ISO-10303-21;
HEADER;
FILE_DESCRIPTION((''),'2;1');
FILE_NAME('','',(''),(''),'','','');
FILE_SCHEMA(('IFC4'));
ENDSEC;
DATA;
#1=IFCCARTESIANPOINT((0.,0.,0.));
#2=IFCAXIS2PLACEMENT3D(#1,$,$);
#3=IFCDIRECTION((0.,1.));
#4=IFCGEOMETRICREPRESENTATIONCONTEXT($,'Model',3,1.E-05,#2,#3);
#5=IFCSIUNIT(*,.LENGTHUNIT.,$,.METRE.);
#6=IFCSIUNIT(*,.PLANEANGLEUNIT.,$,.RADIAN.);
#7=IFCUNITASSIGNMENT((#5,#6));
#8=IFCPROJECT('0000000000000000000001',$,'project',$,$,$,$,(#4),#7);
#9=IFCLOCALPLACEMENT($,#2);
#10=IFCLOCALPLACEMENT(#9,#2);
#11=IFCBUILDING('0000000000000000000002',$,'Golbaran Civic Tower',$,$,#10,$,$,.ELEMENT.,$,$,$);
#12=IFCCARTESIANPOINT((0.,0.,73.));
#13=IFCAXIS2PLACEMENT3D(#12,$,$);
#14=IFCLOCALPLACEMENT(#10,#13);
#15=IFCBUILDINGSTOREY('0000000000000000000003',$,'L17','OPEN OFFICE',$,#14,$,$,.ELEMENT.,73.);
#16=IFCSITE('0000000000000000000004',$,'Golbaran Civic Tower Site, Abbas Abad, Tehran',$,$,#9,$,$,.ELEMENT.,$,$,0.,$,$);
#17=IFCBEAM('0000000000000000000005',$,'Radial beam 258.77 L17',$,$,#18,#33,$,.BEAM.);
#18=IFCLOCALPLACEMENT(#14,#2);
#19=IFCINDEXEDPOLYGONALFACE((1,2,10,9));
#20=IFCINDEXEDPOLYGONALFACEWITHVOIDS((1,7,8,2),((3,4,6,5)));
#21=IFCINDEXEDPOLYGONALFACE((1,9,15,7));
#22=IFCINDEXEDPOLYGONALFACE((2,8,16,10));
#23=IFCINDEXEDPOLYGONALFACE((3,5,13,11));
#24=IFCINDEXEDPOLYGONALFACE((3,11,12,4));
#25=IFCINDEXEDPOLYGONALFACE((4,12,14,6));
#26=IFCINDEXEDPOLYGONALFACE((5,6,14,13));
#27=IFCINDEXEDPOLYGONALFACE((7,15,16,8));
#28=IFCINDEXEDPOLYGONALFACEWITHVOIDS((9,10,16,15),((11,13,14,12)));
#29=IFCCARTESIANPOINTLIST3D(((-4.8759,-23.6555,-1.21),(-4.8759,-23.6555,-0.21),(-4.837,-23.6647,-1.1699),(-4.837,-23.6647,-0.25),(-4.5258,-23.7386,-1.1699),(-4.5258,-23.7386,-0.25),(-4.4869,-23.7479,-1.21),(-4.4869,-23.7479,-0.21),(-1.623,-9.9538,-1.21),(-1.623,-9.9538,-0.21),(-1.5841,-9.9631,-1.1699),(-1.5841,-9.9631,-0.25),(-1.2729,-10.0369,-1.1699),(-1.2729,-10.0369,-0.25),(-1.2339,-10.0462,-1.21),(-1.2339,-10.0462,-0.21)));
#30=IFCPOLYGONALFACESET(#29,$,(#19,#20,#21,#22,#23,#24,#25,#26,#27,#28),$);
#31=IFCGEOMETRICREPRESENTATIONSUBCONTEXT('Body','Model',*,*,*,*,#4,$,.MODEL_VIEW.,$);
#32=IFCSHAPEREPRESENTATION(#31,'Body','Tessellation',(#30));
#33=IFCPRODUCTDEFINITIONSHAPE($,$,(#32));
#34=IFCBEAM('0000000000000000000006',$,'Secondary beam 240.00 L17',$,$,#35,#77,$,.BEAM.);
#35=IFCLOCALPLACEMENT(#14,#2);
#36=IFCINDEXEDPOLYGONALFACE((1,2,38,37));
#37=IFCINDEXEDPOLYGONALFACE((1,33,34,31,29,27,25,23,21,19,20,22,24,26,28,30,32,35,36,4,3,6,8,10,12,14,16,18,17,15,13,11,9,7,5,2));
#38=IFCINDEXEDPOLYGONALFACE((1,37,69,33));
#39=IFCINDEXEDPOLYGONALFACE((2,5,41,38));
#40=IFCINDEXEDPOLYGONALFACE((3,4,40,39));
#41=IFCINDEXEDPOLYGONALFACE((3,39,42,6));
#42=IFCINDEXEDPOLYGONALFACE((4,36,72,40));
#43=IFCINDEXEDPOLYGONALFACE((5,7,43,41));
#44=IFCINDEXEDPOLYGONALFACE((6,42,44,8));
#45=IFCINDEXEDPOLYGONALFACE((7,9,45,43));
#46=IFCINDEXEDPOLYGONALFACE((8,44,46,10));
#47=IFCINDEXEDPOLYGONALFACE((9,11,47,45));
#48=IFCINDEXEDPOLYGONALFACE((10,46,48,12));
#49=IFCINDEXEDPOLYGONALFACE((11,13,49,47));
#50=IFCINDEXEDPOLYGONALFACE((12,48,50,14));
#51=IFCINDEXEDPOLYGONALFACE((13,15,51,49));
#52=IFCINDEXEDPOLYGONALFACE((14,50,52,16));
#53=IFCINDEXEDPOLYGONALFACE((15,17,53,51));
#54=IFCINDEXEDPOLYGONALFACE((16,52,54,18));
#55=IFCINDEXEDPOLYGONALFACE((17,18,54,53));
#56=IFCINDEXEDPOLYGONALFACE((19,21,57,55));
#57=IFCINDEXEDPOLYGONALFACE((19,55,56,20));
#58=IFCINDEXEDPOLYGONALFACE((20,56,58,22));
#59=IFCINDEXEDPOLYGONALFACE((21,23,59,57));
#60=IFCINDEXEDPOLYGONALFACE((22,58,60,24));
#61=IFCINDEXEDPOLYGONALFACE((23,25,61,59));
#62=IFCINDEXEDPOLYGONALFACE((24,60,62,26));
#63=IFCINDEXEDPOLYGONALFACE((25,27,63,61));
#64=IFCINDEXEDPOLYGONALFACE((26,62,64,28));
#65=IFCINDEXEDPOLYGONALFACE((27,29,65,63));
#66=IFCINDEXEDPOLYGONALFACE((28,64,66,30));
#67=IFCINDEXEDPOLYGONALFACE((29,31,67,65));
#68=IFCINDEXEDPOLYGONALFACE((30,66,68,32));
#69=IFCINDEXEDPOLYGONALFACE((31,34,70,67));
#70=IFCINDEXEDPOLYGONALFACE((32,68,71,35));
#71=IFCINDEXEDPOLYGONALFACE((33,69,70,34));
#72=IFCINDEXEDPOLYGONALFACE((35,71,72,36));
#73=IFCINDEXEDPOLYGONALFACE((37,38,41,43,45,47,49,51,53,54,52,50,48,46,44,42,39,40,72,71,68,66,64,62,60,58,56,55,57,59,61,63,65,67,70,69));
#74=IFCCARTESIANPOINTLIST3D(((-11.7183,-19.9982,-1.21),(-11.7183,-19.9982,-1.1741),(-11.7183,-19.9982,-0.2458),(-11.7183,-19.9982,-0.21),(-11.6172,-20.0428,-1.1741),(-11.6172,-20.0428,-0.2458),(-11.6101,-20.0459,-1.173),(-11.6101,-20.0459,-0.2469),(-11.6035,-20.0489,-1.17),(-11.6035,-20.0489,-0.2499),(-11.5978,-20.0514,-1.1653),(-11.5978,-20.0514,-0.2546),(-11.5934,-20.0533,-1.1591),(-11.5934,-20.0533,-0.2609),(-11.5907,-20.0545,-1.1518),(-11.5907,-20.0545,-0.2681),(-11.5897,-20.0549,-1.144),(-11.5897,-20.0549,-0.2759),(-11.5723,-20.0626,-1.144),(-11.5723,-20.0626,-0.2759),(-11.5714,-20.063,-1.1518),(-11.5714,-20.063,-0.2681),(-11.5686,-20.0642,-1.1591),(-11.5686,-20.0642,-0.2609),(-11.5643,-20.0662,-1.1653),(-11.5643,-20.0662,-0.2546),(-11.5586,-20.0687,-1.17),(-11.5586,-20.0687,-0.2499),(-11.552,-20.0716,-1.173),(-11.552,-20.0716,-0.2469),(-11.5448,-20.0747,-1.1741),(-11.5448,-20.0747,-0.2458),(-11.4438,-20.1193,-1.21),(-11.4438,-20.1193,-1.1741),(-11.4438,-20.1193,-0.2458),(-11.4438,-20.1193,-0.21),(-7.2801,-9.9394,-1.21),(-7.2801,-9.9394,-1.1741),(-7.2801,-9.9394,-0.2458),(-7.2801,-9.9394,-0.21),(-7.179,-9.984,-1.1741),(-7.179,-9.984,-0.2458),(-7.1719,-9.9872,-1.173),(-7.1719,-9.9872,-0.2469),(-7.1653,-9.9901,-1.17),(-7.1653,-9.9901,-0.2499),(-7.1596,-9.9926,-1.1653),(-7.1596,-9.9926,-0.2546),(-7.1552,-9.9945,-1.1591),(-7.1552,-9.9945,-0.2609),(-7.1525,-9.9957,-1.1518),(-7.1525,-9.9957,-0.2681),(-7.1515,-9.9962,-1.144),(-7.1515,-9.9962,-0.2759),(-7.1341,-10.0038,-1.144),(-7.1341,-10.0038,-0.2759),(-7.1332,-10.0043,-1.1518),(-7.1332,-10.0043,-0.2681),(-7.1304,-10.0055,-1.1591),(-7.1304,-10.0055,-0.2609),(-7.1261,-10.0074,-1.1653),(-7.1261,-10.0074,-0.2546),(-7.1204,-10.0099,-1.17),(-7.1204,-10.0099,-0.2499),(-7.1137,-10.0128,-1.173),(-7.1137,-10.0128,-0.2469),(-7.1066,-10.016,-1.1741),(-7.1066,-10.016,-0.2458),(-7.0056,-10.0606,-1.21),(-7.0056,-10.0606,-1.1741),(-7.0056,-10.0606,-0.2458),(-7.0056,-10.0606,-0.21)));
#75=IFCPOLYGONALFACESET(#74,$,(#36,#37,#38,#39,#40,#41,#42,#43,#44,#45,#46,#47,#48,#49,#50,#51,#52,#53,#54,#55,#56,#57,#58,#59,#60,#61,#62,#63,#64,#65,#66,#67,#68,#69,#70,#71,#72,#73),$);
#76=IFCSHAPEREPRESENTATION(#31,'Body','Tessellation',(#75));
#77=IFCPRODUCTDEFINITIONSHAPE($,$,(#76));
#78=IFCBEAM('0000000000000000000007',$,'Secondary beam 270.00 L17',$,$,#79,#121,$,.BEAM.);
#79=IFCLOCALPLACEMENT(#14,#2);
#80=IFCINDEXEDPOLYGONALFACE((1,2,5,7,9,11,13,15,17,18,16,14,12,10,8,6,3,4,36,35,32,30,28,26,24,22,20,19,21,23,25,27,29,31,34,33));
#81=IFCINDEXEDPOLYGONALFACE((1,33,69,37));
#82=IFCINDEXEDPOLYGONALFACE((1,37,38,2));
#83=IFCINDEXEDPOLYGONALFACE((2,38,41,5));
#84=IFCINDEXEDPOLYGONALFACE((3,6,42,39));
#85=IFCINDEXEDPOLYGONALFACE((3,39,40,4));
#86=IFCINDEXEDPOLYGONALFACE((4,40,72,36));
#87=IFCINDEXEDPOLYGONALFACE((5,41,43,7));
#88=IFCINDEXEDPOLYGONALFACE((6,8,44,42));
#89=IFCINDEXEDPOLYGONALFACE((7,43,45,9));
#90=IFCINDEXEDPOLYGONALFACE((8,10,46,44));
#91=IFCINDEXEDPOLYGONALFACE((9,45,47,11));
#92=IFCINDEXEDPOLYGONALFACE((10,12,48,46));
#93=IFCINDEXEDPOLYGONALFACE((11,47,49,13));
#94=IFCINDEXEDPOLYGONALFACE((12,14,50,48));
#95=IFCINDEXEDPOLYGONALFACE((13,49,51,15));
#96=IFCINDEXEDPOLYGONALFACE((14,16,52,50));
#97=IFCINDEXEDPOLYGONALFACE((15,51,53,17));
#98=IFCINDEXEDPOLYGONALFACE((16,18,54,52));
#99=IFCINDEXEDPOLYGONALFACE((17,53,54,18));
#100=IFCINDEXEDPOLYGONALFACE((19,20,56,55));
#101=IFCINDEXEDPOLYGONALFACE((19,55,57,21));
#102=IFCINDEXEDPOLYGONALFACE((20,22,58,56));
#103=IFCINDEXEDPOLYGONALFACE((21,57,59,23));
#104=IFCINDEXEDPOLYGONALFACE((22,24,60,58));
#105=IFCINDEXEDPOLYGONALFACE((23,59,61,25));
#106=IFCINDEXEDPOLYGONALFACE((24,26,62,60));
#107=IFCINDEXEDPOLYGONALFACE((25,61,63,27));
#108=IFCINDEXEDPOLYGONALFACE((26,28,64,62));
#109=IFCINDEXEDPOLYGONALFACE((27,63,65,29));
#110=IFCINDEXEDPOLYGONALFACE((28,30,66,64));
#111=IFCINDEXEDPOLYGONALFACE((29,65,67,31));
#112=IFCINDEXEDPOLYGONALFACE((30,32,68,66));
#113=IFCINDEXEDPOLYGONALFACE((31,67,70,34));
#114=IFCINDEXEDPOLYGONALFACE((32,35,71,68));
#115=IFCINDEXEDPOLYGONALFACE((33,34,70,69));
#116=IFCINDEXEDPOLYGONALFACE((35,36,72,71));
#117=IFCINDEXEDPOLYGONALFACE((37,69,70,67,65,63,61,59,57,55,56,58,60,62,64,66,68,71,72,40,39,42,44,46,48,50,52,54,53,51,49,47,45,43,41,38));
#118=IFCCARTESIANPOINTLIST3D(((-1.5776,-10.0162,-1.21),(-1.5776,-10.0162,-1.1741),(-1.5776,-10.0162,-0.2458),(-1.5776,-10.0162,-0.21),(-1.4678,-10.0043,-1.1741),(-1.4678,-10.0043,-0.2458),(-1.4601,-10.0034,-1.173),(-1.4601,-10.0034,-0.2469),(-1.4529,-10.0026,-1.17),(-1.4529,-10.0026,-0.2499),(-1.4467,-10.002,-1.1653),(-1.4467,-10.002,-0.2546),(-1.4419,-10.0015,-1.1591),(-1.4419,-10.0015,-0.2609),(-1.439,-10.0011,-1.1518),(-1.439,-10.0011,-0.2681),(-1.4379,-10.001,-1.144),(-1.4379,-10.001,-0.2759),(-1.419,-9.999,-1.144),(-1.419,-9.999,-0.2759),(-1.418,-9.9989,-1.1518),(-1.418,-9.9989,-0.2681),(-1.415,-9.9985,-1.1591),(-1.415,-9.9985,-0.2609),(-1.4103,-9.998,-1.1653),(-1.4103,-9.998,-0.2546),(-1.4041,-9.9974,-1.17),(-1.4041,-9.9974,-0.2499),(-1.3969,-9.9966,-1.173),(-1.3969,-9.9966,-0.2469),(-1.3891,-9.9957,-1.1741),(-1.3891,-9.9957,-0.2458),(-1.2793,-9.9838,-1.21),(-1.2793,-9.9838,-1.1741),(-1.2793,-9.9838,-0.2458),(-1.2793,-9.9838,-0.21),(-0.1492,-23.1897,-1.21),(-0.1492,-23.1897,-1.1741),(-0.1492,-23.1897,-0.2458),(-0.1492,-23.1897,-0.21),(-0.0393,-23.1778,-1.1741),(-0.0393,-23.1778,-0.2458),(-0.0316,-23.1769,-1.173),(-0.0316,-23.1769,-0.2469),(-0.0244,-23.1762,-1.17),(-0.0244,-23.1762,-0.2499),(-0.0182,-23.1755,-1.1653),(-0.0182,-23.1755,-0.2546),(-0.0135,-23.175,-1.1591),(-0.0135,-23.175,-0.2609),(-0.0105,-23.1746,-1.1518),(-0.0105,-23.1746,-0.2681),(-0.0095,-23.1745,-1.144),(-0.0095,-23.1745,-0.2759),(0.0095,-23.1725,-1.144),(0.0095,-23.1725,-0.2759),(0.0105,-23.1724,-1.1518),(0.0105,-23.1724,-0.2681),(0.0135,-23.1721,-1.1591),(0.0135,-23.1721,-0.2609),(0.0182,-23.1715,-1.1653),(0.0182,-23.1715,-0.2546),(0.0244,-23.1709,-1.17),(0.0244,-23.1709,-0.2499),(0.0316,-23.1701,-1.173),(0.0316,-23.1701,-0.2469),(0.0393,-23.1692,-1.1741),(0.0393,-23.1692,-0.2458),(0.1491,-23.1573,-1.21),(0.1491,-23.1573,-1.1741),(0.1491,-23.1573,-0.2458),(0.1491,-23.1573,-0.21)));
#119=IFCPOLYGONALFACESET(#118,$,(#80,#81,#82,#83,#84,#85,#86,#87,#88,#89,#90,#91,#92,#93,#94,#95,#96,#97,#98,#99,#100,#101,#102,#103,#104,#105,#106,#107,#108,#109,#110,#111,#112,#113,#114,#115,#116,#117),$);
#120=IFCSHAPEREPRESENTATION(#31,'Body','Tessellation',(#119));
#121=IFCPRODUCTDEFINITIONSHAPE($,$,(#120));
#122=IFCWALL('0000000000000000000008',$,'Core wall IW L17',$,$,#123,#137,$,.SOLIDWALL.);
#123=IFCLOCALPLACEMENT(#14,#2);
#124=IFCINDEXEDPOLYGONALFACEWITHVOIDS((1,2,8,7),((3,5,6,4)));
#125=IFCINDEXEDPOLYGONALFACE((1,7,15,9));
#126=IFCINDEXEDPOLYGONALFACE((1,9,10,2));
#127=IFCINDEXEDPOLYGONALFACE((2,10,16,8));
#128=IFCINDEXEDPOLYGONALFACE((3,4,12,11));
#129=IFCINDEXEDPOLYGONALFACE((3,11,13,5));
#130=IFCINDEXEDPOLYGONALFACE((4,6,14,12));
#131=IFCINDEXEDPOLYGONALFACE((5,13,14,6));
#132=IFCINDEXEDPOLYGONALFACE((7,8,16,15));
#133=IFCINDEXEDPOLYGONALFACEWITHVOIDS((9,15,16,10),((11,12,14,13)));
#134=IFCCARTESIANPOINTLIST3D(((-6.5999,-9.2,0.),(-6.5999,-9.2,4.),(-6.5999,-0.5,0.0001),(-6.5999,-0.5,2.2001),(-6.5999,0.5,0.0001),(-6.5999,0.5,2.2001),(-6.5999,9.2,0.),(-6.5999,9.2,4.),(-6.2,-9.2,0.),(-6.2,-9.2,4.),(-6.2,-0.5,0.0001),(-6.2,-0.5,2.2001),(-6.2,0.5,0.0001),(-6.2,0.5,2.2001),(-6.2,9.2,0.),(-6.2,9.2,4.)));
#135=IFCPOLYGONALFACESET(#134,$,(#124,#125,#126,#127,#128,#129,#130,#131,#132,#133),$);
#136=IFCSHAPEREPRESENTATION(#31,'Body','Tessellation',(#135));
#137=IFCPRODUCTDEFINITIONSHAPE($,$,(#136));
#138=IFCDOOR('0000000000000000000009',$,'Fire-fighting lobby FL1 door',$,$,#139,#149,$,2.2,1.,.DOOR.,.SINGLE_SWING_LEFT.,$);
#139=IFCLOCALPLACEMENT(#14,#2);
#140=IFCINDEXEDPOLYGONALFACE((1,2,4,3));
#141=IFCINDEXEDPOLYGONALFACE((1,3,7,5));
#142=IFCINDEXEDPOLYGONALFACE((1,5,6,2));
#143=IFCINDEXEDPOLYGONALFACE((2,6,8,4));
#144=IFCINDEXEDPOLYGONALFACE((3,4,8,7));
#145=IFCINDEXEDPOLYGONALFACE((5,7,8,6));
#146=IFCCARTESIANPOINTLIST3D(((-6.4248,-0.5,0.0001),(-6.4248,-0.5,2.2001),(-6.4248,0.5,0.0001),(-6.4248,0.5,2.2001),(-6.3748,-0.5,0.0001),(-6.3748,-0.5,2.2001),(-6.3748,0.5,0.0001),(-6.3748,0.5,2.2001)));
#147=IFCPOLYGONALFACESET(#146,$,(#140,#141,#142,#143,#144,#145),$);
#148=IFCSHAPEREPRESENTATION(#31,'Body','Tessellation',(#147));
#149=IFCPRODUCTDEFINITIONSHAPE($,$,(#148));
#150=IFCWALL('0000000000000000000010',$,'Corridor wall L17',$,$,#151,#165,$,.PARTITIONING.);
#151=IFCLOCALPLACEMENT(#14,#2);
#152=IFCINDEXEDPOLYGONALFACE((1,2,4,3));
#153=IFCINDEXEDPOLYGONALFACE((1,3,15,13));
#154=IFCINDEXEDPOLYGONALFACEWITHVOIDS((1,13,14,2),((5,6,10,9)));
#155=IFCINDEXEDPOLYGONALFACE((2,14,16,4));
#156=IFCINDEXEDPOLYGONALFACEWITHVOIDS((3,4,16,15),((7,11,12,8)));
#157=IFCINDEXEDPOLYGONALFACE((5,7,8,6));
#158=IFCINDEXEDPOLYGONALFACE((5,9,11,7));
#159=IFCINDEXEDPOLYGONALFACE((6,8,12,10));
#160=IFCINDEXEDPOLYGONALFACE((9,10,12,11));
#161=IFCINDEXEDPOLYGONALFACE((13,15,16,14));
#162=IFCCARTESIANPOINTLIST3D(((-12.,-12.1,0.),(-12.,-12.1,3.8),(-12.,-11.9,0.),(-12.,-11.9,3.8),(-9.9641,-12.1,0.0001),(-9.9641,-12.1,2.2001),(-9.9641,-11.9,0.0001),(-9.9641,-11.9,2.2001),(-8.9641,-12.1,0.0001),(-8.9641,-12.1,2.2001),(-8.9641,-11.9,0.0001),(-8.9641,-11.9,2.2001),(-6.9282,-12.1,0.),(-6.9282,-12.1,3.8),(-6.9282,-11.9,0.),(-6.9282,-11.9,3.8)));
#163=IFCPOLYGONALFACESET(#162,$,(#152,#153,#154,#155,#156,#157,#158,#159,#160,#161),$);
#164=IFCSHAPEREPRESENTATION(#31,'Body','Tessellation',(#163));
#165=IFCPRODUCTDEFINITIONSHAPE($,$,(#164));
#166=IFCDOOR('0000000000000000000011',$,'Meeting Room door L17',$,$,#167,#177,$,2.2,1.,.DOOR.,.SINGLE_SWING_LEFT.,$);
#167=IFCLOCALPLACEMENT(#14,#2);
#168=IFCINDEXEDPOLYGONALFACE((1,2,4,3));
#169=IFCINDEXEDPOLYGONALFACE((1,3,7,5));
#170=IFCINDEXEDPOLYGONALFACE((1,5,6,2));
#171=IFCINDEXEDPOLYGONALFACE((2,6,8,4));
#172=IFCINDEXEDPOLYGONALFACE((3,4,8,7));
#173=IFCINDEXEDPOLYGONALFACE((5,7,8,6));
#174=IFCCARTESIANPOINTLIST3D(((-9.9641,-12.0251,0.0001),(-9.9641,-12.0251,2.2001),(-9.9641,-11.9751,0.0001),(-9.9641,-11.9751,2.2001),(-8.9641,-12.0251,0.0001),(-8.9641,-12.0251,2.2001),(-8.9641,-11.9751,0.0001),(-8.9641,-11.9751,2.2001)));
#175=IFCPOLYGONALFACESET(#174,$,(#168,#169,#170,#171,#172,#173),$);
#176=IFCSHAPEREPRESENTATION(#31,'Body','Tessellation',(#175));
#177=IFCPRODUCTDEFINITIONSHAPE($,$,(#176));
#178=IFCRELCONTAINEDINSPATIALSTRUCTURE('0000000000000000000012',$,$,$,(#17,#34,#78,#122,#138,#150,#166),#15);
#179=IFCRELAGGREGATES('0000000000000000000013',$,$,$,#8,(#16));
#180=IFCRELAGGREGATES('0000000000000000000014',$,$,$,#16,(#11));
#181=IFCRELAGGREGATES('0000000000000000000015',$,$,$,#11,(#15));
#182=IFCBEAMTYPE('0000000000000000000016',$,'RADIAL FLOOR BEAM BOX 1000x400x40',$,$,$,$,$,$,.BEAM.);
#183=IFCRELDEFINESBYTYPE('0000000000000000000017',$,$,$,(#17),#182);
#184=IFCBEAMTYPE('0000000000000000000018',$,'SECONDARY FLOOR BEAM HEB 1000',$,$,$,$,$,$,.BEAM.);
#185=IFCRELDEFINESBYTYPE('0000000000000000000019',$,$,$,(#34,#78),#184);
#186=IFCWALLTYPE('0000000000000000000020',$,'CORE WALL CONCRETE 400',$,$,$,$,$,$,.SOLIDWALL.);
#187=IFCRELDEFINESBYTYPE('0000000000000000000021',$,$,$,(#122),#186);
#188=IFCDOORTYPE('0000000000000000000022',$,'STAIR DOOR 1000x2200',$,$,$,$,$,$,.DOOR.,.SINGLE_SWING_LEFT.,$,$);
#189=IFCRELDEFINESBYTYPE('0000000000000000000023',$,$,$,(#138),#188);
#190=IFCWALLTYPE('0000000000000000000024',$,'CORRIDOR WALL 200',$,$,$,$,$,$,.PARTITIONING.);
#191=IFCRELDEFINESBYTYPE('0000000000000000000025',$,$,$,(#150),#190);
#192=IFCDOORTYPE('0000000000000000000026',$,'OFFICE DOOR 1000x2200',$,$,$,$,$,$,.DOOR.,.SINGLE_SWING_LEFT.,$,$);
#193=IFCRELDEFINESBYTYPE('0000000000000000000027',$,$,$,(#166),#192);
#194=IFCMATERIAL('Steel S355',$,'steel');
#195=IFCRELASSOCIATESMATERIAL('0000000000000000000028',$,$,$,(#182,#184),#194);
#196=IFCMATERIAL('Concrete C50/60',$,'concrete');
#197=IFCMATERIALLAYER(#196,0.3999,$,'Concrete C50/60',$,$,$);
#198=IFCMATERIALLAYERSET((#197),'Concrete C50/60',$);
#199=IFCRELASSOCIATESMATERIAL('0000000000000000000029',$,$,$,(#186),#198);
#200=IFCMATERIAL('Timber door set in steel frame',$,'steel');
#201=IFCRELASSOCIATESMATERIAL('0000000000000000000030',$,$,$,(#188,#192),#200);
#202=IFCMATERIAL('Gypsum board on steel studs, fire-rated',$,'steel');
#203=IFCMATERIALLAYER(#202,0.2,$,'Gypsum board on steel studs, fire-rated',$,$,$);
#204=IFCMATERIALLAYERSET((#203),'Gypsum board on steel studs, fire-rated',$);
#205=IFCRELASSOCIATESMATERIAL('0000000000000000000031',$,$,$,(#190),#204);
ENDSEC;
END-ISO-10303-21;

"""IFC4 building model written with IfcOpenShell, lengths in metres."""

from ifc_helpers import new_model, si_unit, direction, frame, frame_2d, origin, origin_2d, place, context, subcontext, project, spatial, rectangle, hollow_rectangle, i_section, extrude, material, layer, layer_set, material_profile, profile_set, type_object, element, fill, save


model = new_model("IFC4")

# Units and contexts
model_context = context("Model", 3, precision=1e-05, world=origin(), true_north=direction((0.0, 1.0)))
body_context = subcontext(model_context, "Body", "Model", "MODEL_VIEW")
ifc_project = project(units=[si_unit("LENGTHUNIT", "METRE"), si_unit("PLANEANGLEUNIT", "RADIAN")], contexts=[model_context])

# Site, building, storey
site_placement = place(None, origin())
site = spatial("IfcSite", under=ifc_project, at=site_placement, Name="Golbaran Civic Tower Site, Abbas Abad, Tehran", CompositionType="ELEMENT", RefElevation=0.0)
building_placement = place(site_placement, origin())
building = spatial("IfcBuilding", under=site, at=building_placement, Name="Golbaran Civic Tower", CompositionType="ELEMENT")
storey_placement = place(building_placement, frame((0.0, 0.0, 73.0)))
storey = spatial("IfcBuildingStorey", under=building, at=storey_placement, Name="L17", Description="OPEN OFFICE", CompositionType="ELEMENT", Elevation=73.0)

# Beams
ifc_material_1 = material(Name="Steel S355", Category="steel")
ifc_material_profile_1 = material_profile(ifc_material_1, hollow_rectangle(XDim=0.3999, YDim=1.0, WallThickness=0.04, at=origin_2d()), Name="BOX 1000x400x40")
ifc_profile_set_1 = profile_set([ifc_material_profile_1], Name="Steel S355")
beam_type_1 = type_object("IfcBeamType", Name="RADIAL FLOOR BEAM BOX 1000x400x40", PredefinedType="BEAM", material=ifc_profile_set_1)
beam_1_placement = place(storey_placement, frame((-1.4285, -10.0, -0.71), z_axis=(-0.230991, -0.972956, 0.0), x_axis=(0.972956, -0.230991, 0.0)))
element("IfcBeam", 1, at=beam_1_placement, inside=storey, type_object=beam_type_1, Name="Radial beam 258.77 L17", PredefinedType="BEAM", context=body_context, shape_type="SweptSolid", body=[
    extrude(hollow_rectangle(XDim=0.3999, YDim=1.0, WallThickness=0.04, at=origin_2d()), origin(), (0.0, 0.0, 1.0), 14.0825),
])
ifc_material_profile_2 = material_profile(ifc_material_1, i_section(OverallWidth=0.3, OverallDepth=1.0, WebThickness=0.019, FlangeThickness=0.0359, FilletRadius=0.03, at=origin_2d()), Name="HEB 1000")
ifc_profile_set_2 = profile_set([ifc_material_profile_2], Name="Steel S355")
beam_type_2 = type_object("IfcBeamType", Name="SECONDARY FLOOR BEAM HEB 1000", PredefinedType="BEAM", material=ifc_profile_set_2)
beam_2_placement = place(storey_placement, frame((-7.1428, -10.0, -0.71), z_axis=(-0.403679, -0.914901, 0.0), x_axis=(0.914901, -0.403679, 0.0)))
element("IfcBeam", 2, at=beam_2_placement, inside=storey, type_object=beam_type_2, Name="Secondary beam 240.00 L17", PredefinedType="BEAM", context=body_context, shape_type="SweptSolid", body=[
    extrude(i_section(OverallWidth=0.3, OverallDepth=1.0, WebThickness=0.019, FlangeThickness=0.0359, FilletRadius=0.03, at=origin_2d()), origin(), (0.0, 0.0, 1.0), 10.9944),
])
beam_3_placement = place(storey_placement, frame((-1.4285, -10.0, -0.71), z_axis=(0.107802, -0.994172, 0.0), x_axis=(0.994172, 0.107802, 0.0)))
element("IfcBeam", 3, at=beam_3_placement, inside=storey, type_object=beam_type_2, Name="Secondary beam 270.00 L17", PredefinedType="BEAM", context=body_context, shape_type="SweptSolid", body=[
    extrude(i_section(OverallWidth=0.3, OverallDepth=1.0, WebThickness=0.019, FlangeThickness=0.0359, FilletRadius=0.03, at=origin_2d()), origin(), (0.0, 0.0, 1.0), 13.2507),
])

# Walls, openings, doors
ifc_material_2 = material(Name="Concrete C50/60", Category="concrete")
ifc_layer_1 = layer(ifc_material_2, 0.3999, Name="Concrete C50/60")
ifc_layer_set_1 = layer_set([ifc_layer_1], Name="Concrete C50/60")
wall_type_1 = type_object("IfcWallType", Name="CORE WALL CONCRETE 400", PredefinedType="SOLIDWALL", material=ifc_layer_set_1)
wall_1_placement = place(storey_placement, frame((-6.3999, -9.2, 0.0), z_axis=(0.0, 0.0, 1.0), x_axis=(0.0, 1.0, 0.0)))
wall_1 = element("IfcWall", 4, at=wall_1_placement, inside=storey, type_object=wall_type_1, Name="Core wall IW L17", PredefinedType="SOLIDWALL", context=body_context, shape_type="SweptSolid", body=[
    extrude(rectangle(XDim=18.3999, YDim=0.3999, at=frame_2d((9.2, 0.0))), origin(), (0.0, 0.0, 1.0), 4.0),
])
opening_1_placement = place(wall_1_placement, frame((8.7, 0.0, 0.0)))
opening_1 = element("IfcOpeningElement", 5, at=opening_1_placement, cuts=wall_1, PredefinedType="OPENING", context=body_context, shape_type="SweptSolid", body=[
    extrude(rectangle(XDim=1.0, YDim=2.2, at=frame_2d((0.5, 1.1001))), frame((0.0, 0.21, 0.0), z_axis=(0.0, -1.0, 0.0), x_axis=(1.0, 0.0, 0.0)), (0.0, 0.0, 1.0), 0.4199),
])
ifc_material_3 = material(Name="Timber door set in steel frame", Category="steel")
door_type_1 = type_object("IfcDoorType", Name="STAIR DOOR 1000x2200", OperationType="SINGLE_SWING_LEFT", PredefinedType="DOOR", material=ifc_material_3)
door_1_placement = place(opening_1_placement, origin())
door_1 = element("IfcDoor", 6, at=door_1_placement, inside=storey, type_object=door_type_1, Name="Fire-fighting lobby FL1 door", OperationType="SINGLE_SWING_LEFT", OverallHeight=2.2, OverallWidth=1.0, PredefinedType="DOOR", context=body_context, shape_type="SweptSolid", body=[
    extrude(rectangle(XDim=1.0, YDim=2.2, at=frame_2d((0.5, 1.1001))), frame((0.0, 0.0249, 0.0), z_axis=(0.0, -1.0, 0.0), x_axis=(1.0, 0.0, 0.0)), (0.0, 0.0, 1.0), 0.05),
])
fill(opening_1, door_1)
ifc_material_4 = material(Name="Gypsum board on steel studs, fire-rated", Category="steel")
ifc_layer_2 = layer(ifc_material_4, 0.2, Name="Gypsum board on steel studs, fire-rated")
ifc_layer_set_2 = layer_set([ifc_layer_2], Name="Gypsum board on steel studs, fire-rated")
wall_type_2 = type_object("IfcWallType", Name="CORRIDOR WALL 200", PredefinedType="PARTITIONING", material=ifc_layer_set_2)
wall_2_placement = place(storey_placement, frame((-12.0, -12.0, 0.0), z_axis=(0.0, 0.0, 1.0), x_axis=(1.0, 0.0, 0.0)))
wall_2 = element("IfcWall", 7, at=wall_2_placement, inside=storey, type_object=wall_type_2, Name="Corridor wall L17", PredefinedType="PARTITIONING", context=body_context, shape_type="SweptSolid", body=[
    extrude(rectangle(XDim=5.0718, YDim=0.2, at=frame_2d((2.5359, 0.0))), origin(), (0.0, 0.0, 1.0), 3.8),
])
opening_2_placement = place(wall_2_placement, frame((2.0359, 0.0, 0.0)))
opening_2 = element("IfcOpeningElement", 8, at=opening_2_placement, cuts=wall_2, PredefinedType="OPENING", context=body_context, shape_type="SweptSolid", body=[
    extrude(rectangle(XDim=1.0, YDim=2.2, at=frame_2d((0.5, 1.1001))), frame((0.0, 0.1099, 0.0), z_axis=(0.0, -1.0, 0.0), x_axis=(1.0, 0.0, 0.0)), (0.0, 0.0, 1.0), 0.22),
])
door_type_2 = type_object("IfcDoorType", Name="OFFICE DOOR 1000x2200", OperationType="SINGLE_SWING_LEFT", PredefinedType="DOOR", material=ifc_material_3)
door_2_placement = place(opening_2_placement, origin())
door_2 = element("IfcDoor", 9, at=door_2_placement, inside=storey, type_object=door_type_2, Name="Meeting Room door L17", OperationType="SINGLE_SWING_LEFT", OverallHeight=2.2, OverallWidth=1.0, PredefinedType="DOOR", context=body_context, shape_type="SweptSolid", body=[
    extrude(rectangle(XDim=1.0, YDim=2.2, at=frame_2d((0.5, 1.1001))), frame((0.0, 0.0249, 0.0), z_axis=(0.0, -1.0, 0.0), x_axis=(1.0, 0.0, 0.0)), (0.0, 0.0, 1.0), 0.05),
])
fill(opening_2, door_2)

save(model, "model.ifc")
